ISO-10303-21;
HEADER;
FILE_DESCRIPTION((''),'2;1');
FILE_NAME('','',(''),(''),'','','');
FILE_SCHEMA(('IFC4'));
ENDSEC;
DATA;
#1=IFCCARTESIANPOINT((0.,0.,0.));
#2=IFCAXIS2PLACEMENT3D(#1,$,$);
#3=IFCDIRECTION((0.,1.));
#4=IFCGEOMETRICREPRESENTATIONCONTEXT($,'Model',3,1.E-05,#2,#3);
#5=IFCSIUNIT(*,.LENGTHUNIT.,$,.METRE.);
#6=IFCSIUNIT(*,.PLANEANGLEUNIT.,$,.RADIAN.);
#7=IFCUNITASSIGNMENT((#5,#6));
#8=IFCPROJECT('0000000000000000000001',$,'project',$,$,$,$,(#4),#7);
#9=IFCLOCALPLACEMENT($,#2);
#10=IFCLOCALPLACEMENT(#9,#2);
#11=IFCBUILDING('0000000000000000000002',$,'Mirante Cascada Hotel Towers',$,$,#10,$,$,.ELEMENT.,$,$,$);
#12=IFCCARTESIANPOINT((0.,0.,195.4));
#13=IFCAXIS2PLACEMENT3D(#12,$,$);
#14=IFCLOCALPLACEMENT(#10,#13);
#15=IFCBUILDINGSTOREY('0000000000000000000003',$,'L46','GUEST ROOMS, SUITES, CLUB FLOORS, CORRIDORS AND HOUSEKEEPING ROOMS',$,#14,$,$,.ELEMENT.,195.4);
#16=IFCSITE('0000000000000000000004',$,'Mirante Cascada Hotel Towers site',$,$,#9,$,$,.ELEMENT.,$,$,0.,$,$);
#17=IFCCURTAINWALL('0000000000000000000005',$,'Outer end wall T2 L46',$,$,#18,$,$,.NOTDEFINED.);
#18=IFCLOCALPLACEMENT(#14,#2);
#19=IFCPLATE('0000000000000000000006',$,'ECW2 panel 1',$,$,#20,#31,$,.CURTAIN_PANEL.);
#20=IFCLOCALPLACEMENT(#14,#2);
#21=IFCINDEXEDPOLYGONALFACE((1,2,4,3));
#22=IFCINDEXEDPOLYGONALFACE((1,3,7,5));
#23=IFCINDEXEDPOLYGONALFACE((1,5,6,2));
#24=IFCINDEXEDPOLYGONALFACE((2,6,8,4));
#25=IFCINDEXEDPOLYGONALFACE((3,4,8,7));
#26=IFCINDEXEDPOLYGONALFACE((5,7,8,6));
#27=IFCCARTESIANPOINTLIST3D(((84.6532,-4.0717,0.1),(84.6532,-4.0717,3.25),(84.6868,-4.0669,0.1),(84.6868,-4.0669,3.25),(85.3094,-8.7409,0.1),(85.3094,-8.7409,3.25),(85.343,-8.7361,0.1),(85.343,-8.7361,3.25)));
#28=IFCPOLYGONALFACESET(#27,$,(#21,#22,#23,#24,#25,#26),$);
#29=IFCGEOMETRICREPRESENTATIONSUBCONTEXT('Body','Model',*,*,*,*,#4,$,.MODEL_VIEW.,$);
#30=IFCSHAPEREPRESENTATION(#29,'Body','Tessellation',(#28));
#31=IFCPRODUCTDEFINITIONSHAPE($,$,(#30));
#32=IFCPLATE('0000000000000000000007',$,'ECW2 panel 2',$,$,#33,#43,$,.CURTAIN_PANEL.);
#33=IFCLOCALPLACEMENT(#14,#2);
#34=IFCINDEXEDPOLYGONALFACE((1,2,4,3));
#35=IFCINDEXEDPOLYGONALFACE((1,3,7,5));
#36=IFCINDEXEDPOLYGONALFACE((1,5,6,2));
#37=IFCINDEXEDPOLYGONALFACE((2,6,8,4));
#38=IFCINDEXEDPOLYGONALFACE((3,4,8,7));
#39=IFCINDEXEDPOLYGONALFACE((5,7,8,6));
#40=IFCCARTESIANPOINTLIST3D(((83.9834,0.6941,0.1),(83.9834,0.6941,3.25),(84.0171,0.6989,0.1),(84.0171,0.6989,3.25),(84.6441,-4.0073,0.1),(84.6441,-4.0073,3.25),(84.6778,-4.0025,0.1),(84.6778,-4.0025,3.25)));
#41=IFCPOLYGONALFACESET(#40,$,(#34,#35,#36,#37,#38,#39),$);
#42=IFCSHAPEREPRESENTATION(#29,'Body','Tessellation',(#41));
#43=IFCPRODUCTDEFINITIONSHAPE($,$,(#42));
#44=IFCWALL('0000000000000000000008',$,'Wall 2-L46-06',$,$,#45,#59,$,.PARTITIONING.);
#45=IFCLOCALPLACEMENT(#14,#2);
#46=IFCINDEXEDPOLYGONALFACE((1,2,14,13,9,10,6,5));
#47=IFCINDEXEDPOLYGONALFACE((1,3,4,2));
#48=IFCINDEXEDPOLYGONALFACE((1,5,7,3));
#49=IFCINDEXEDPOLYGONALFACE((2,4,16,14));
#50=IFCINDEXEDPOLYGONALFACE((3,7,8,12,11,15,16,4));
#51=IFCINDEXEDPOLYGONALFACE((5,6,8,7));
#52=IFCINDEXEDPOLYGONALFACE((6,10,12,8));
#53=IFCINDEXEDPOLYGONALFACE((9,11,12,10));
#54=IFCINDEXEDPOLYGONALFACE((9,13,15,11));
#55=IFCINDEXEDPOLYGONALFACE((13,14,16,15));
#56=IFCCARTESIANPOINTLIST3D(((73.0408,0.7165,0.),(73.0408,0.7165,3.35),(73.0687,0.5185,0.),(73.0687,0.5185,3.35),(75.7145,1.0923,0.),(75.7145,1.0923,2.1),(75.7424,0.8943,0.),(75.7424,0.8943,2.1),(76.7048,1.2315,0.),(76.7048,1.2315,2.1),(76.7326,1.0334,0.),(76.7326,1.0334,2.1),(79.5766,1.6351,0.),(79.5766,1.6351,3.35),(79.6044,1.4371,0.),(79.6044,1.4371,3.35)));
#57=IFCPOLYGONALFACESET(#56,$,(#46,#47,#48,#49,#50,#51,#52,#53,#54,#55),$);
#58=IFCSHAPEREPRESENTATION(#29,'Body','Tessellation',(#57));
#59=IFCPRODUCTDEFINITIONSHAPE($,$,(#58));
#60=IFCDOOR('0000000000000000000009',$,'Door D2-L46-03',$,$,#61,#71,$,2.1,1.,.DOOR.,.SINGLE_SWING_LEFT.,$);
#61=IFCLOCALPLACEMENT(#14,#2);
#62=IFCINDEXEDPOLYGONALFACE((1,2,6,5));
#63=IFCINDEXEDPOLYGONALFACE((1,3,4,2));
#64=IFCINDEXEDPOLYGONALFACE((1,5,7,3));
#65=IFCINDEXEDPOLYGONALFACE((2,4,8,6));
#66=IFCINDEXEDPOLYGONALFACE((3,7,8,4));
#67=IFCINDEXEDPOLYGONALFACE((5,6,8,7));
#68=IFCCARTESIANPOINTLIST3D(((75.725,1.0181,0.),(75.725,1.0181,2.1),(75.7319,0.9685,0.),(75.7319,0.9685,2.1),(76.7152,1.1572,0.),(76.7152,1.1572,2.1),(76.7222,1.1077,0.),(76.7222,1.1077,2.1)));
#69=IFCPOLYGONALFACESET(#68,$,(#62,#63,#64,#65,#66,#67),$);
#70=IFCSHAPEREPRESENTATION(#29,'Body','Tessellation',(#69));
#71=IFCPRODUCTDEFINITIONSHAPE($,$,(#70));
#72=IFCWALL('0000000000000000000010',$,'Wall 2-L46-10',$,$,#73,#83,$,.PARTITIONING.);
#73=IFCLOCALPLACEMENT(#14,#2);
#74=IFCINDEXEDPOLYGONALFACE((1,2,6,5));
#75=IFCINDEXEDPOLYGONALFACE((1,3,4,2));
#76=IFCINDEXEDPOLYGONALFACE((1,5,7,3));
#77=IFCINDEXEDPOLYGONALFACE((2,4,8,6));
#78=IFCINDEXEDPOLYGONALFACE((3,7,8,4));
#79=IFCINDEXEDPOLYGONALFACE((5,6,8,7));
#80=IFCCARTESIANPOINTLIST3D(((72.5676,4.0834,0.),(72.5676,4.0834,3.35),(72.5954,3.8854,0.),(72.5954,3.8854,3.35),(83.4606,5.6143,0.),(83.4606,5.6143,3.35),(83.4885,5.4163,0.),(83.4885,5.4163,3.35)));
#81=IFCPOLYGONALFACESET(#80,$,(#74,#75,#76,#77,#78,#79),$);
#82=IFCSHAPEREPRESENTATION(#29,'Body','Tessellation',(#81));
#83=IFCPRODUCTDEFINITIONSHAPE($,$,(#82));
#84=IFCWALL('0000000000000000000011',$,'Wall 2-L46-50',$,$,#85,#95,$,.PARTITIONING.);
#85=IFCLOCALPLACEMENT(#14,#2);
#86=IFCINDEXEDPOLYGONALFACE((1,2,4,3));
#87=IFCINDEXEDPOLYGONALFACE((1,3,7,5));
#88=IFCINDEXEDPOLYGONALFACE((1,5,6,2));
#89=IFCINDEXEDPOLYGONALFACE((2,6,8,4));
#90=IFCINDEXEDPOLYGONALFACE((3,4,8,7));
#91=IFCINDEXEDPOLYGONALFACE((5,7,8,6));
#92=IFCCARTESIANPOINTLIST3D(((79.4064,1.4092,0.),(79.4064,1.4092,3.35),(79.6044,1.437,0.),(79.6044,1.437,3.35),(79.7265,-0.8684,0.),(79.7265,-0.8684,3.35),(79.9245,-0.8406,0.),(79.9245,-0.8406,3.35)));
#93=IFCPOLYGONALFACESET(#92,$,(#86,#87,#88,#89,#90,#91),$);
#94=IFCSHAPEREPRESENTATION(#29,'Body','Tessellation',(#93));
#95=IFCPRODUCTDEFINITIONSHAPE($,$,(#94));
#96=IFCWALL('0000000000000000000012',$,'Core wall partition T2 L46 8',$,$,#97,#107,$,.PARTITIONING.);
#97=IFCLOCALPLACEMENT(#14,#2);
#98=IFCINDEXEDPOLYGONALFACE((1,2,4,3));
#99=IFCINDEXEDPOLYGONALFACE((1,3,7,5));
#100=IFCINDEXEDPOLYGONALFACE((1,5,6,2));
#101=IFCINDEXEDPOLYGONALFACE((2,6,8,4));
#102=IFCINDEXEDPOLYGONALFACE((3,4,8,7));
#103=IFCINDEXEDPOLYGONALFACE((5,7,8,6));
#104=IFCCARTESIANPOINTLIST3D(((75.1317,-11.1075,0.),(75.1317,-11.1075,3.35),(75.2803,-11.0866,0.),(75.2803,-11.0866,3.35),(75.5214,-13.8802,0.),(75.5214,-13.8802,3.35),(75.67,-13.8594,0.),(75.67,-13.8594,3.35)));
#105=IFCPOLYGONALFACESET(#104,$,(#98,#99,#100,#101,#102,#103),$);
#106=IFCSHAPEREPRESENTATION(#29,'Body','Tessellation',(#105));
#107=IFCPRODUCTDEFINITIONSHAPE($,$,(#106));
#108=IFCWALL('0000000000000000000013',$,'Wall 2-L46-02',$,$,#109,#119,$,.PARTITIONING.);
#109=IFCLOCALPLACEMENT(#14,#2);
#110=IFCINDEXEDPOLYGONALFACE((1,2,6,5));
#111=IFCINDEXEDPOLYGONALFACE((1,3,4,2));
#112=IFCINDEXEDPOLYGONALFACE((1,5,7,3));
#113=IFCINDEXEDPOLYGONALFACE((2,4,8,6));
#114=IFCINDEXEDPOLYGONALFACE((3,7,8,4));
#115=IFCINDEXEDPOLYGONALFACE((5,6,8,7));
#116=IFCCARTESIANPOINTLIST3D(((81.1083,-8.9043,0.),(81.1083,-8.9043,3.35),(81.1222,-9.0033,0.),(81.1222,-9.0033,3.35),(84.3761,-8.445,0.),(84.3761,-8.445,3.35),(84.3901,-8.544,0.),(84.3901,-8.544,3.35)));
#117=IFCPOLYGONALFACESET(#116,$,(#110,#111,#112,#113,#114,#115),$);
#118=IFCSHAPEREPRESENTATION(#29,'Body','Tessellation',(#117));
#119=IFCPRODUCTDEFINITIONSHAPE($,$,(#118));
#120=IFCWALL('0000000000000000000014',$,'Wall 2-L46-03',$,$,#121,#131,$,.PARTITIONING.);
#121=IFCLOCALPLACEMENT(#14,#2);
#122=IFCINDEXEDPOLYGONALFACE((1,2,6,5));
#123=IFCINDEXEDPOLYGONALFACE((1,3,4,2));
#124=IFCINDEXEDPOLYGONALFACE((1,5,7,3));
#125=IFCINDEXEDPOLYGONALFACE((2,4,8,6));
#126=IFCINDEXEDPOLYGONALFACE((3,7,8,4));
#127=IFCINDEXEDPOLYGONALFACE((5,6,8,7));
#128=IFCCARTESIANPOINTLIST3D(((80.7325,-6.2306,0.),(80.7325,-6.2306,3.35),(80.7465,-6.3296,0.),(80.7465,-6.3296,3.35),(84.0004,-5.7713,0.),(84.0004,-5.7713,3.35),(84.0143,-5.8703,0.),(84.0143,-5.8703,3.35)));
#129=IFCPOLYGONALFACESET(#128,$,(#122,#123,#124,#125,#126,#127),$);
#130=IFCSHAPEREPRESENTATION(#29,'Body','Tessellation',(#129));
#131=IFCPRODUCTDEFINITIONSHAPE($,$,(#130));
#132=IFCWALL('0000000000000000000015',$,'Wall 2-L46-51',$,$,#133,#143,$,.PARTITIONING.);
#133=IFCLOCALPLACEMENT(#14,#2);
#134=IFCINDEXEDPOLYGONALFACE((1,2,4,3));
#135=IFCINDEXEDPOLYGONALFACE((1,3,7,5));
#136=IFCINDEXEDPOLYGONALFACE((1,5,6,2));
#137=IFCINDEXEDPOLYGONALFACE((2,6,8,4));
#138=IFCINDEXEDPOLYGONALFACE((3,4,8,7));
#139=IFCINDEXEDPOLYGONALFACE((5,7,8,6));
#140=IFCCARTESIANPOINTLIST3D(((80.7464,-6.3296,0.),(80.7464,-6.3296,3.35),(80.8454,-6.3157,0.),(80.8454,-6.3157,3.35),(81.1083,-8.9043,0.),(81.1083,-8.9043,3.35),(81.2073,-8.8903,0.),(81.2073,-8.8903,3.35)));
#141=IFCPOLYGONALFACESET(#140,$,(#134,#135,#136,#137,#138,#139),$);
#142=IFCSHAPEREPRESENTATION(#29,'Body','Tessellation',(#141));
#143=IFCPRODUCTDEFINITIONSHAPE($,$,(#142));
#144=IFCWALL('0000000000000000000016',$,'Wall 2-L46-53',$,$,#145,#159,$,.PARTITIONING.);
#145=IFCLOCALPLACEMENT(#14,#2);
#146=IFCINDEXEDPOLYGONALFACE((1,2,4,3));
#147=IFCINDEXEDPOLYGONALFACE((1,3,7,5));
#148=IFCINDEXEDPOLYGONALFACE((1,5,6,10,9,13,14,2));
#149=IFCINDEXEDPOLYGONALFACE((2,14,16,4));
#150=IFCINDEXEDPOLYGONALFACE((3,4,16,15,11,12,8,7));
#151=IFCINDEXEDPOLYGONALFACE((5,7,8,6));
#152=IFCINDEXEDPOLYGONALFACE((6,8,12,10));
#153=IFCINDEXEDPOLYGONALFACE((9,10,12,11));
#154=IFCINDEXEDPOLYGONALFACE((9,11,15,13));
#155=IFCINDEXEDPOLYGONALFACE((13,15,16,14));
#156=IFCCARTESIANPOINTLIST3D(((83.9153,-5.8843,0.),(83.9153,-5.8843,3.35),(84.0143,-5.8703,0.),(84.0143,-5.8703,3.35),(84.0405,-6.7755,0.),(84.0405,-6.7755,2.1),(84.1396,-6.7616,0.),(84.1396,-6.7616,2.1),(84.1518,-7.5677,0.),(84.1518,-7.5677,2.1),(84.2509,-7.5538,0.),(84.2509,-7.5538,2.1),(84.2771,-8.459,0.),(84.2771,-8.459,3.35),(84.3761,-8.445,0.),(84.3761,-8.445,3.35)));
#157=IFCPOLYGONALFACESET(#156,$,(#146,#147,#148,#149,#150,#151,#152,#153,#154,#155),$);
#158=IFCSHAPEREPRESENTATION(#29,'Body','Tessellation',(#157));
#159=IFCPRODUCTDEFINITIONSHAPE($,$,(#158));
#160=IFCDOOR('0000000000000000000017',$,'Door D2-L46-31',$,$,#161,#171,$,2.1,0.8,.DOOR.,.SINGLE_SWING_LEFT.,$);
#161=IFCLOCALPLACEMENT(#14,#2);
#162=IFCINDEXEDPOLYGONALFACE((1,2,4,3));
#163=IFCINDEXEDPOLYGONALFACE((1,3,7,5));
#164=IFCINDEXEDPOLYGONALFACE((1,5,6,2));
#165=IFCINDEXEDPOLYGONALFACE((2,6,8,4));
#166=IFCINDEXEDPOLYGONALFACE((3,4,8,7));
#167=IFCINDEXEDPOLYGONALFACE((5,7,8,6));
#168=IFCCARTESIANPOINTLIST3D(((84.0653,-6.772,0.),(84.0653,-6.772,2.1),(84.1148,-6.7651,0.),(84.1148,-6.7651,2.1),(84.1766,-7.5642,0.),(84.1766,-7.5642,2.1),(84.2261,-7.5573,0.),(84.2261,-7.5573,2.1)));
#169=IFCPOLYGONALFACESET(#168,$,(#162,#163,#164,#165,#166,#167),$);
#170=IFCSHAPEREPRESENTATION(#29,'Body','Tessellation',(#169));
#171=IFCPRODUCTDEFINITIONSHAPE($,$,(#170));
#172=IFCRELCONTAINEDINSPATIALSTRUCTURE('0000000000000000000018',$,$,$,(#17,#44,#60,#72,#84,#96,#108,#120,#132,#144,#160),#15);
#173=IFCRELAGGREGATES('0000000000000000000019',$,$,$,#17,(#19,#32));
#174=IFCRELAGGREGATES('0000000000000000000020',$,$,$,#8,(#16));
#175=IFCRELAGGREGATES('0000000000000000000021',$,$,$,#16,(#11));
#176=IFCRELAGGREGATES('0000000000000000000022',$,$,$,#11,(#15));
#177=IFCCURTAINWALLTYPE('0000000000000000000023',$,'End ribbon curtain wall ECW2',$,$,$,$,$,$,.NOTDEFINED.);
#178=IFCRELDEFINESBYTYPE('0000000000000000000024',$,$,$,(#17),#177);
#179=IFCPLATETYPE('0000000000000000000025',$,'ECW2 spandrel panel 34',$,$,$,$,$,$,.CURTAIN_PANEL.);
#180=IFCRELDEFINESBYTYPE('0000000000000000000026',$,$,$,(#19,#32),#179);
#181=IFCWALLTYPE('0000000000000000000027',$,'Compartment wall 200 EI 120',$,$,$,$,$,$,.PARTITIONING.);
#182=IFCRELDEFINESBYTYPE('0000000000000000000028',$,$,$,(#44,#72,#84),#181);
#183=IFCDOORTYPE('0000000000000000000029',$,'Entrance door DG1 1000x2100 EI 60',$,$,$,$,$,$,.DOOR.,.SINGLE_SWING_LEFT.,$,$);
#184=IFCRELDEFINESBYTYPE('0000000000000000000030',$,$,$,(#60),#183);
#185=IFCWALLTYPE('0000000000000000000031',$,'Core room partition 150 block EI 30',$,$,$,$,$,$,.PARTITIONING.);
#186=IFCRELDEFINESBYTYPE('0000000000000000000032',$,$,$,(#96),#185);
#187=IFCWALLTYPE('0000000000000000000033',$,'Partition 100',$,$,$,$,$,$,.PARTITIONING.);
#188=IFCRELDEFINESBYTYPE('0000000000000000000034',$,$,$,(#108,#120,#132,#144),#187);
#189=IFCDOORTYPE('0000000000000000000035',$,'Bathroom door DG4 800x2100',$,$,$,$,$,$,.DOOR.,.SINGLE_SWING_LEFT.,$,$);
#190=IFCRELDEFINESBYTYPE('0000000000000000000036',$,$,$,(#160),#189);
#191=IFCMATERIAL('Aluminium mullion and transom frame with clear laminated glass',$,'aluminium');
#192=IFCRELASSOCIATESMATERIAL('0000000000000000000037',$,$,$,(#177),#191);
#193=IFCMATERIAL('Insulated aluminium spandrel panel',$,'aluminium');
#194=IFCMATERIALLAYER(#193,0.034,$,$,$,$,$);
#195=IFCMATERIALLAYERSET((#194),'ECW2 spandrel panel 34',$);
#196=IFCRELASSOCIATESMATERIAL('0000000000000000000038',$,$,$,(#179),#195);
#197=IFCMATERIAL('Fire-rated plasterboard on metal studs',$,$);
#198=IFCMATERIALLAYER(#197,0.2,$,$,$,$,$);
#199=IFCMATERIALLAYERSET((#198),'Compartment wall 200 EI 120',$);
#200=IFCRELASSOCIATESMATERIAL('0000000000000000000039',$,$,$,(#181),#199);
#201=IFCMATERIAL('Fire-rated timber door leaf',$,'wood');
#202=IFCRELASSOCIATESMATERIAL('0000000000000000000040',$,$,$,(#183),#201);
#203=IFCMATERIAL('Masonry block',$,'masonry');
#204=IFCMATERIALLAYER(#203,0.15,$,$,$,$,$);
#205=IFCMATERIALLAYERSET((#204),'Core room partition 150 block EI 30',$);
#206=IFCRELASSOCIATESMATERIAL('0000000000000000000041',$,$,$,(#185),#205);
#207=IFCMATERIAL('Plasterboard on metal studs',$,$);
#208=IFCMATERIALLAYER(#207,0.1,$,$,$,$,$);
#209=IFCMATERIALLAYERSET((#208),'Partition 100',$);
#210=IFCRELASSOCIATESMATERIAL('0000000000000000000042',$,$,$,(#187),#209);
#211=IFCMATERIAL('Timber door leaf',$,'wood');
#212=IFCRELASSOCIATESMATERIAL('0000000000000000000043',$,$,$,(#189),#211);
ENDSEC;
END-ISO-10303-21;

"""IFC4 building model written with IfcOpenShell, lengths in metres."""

from ifc_helpers import new_model, si_unit, direction, frame, frame_2d, origin, origin_2d, place, context, subcontext, project, spatial, rectangle, extrude, material, layer, layer_set, type_object, element, fill, aggregate, save


model = new_model("IFC4")

# Units and contexts
model_context = context("Model", 3, precision=1e-05, world=origin(), true_north=direction((0.0, 1.0)))
body_context = subcontext(model_context, "Body", "Model", "MODEL_VIEW")
ifc_project = project(units=[si_unit("LENGTHUNIT", "METRE"), si_unit("PLANEANGLEUNIT", "RADIAN")], contexts=[model_context])

# Site, building, storey
site_placement = place(None, origin())
site = spatial("IfcSite", under=ifc_project, at=site_placement, Name="Mirante Cascada Hotel Towers site", CompositionType="ELEMENT", RefElevation=0.0)
building_placement = place(site_placement, origin())
building = spatial("IfcBuilding", under=site, at=building_placement, Name="Mirante Cascada Hotel Towers", CompositionType="ELEMENT")
storey_placement = place(building_placement, frame((0.0, 0.0, 195.4)))
storey = spatial("IfcBuildingStorey", under=building, at=storey_placement, Name="L46", Description="GUEST ROOMS, SUITES, CLUB FLOORS, CORRIDORS AND HOUSEKEEPING ROOMS", CompositionType="ELEMENT", Elevation=195.4)

# Curtain wall, plates
ifc_material_1 = material(Name="Aluminium mullion and transom frame with clear laminated glass", Category="aluminium")
curtain_wall_type = type_object("IfcCurtainWallType", Name="End ribbon curtain wall ECW2", PredefinedType="NOTDEFINED", material=ifc_material_1)
curtain_wall_placement = place(storey_placement, origin())
curtain_wall = element("IfcCurtainWall", 1, at=curtain_wall_placement, inside=storey, type_object=curtain_wall_type, Name="Outer end wall T2 L46", PredefinedType="NOTDEFINED")
ifc_material_2 = material(Name="Insulated aluminium spandrel panel", Category="aluminium")
ifc_layer_1 = layer(ifc_material_2, 0.034)
ifc_layer_set_1 = layer_set([ifc_layer_1], Name="ECW2 spandrel panel 34")
plate_type_1 = type_object("IfcPlateType", Name="ECW2 spandrel panel 34", PredefinedType="CURTAIN_PANEL", material=ifc_layer_set_1)
plate_1_placement = place(storey_placement, frame((84.9981, -6.4039, 0.1), z_axis=(0.0, 0.0, 1.0), x_axis=(-0.139173, 0.990268, 0.0)))
plate_1 = element("IfcPlate", 2, at=plate_1_placement, type_object=plate_type_1, Name="ECW2 panel 1", PredefinedType="CURTAIN_PANEL", context=body_context, shape_type="SweptSolid", body=[
    extrude(rectangle(XDim=4.7151, YDim=0.034, at=origin_2d()), origin(), (0.0, 0.0, 1.0), 3.15),
])
plate_2_placement = place(storey_placement, frame((84.3306, -1.6542, 0.1), z_axis=(0.0, 0.0, 1.0), x_axis=(-0.139173, 0.990268, 0.0)))
plate_2 = element("IfcPlate", 3, at=plate_2_placement, type_object=plate_type_1, Name="ECW2 panel 2", PredefinedType="CURTAIN_PANEL", context=body_context, shape_type="SweptSolid", body=[
    extrude(rectangle(XDim=4.7476, YDim=0.034, at=origin_2d()), origin(), (0.0, 0.0, 1.0), 3.15),
])
aggregate(curtain_wall, [plate_1, plate_2])

# Wall, opening, door
ifc_material_3 = material(Name="Fire-rated plasterboard on metal studs")
ifc_layer_2 = layer(ifc_material_3, 0.2)
ifc_layer_set_2 = layer_set([ifc_layer_2], Name="Compartment wall 200 EI 120")
wall_type_1 = type_object("IfcWallType", Name="Compartment wall 200 EI 120", PredefinedType="PARTITIONING", material=ifc_layer_set_2)
wall_1_placement = place(storey_placement, frame((79.5905, 1.5361, 0.0), z_axis=(0.0, 0.0, 1.0), x_axis=(-0.990267, -0.139181, 0.0)))
wall_1 = element("IfcWall", 4, at=wall_1_placement, inside=storey, type_object=wall_type_1, Name="Wall 2-L46-06", PredefinedType="PARTITIONING", context=body_context, shape_type="SweptSolid", body=[
    extrude(rectangle(XDim=6.6, YDim=0.2, at=frame_2d((3.3, 0.0))), origin(), (0.0, 0.0, 1.0), 3.35),
])
opening_1_placement = place(wall_1_placement, frame((2.9, 0.0, 0.0)))
opening_1 = element("IfcOpeningElement", 5, at=opening_1_placement, cuts=wall_1, PredefinedType="OPENING", context=body_context, shape_type="SweptSolid", body=[
    extrude(rectangle(XDim=1.0, YDim=2.1, at=frame_2d((0.5, 1.05))), frame((0.0, 0.1, 0.0), z_axis=(0.0, -1.0, 0.0), x_axis=(1.0, 0.0, 0.0)), (0.0, 0.0, 1.0), 0.2),
])
ifc_material_4 = material(Name="Fire-rated timber door leaf", Category="wood")
door_type_1 = type_object("IfcDoorType", Name="Entrance door DG1 1000x2100 EI 60", OperationType="SINGLE_SWING_LEFT", PredefinedType="DOOR", material=ifc_material_4)
door_1_placement = place(opening_1_placement, origin())
door_1 = element("IfcDoor", 6, at=door_1_placement, inside=storey, type_object=door_type_1, Name="Door D2-L46-03", OperationType="SINGLE_SWING_LEFT", OverallHeight=2.1, OverallWidth=1.0, PredefinedType="DOOR", context=body_context, shape_type="SweptSolid", body=[
    extrude(rectangle(XDim=1.0, YDim=2.1, at=frame_2d((0.5, 1.05))), frame((0.0, 0.025, 0.0), z_axis=(0.0, -1.0, 0.0), x_axis=(1.0, 0.0, 0.0)), (0.0, 0.0, 1.0), 0.05),
])
fill(opening_1, door_1)

# Walls
wall_2_placement = place(storey_placement, frame((83.4745, 5.5153, 0.0), z_axis=(0.0, 0.0, 1.0), x_axis=(-0.990268, -0.139172, 0.0)))
element("IfcWall", 7, at=wall_2_placement, inside=storey, type_object=wall_type_1, Name="Wall 2-L46-10", PredefinedType="PARTITIONING", context=body_context, shape_type="SweptSolid", body=[
    extrude(rectangle(XDim=11.0001, YDim=0.2, at=frame_2d((5.5, 0.0))), origin(), (0.0, 0.0, 1.0), 3.35),
])
wall_3_placement = place(storey_placement, frame((79.5054, 1.4231, 0.0), z_axis=(0.0, 0.0, 1.0), x_axis=(0.139175, -0.990268, 0.0)))
element("IfcWall", 8, at=wall_3_placement, inside=storey, type_object=wall_type_1, Name="Wall 2-L46-50", PredefinedType="PARTITIONING", context=body_context, shape_type="SweptSolid", body=[
    extrude(rectangle(XDim=2.3, YDim=0.2, at=frame_2d((1.15, 0.0))), origin(), (0.0, 0.0, 1.0), 3.35),
])
ifc_material_5 = material(Name="Masonry block", Category="masonry")
ifc_layer_3 = layer(ifc_material_5, 0.15)
ifc_layer_set_3 = layer_set([ifc_layer_3], Name="Core room partition 150 block EI 30")
wall_type_2 = type_object("IfcWallType", Name="Core room partition 150 block EI 30", PredefinedType="PARTITIONING", material=ifc_layer_set_3)
wall_4_placement = place(storey_placement, frame((75.5957, -13.8698, 0.0), z_axis=(0.0, 0.0, 1.0), x_axis=(-0.139181, 0.990267, 0.0)))
element("IfcWall", 9, at=wall_4_placement, inside=storey, type_object=wall_type_2, Name="Core wall partition T2 L46 8", PredefinedType="PARTITIONING", context=body_context, shape_type="SweptSolid", body=[
    extrude(rectangle(XDim=2.8, YDim=0.15, at=frame_2d((1.4, 0.0))), origin(), (0.0, 0.0, 1.0), 3.35),
])
ifc_material_6 = material(Name="Plasterboard on metal studs")
ifc_layer_4 = layer(ifc_material_6, 0.1)
ifc_layer_set_4 = layer_set([ifc_layer_4], Name="Partition 100")
wall_type_3 = type_object("IfcWallType", Name="Partition 100", PredefinedType="PARTITIONING", material=ifc_layer_set_4)
for number, where, z_axis, x_axis, name in (
    (10, (84.3831, -8.4945, 0.0), (0.0, 0.0, 1.0), (-0.990267, -0.139181, 0.0), "Wall 2-L46-02"),
    (11, (80.7395, -6.2801, 0.0), (0.0, 0.0, 1.0), (0.990267, 0.139181, 0.0), "Wall 2-L46-03"),
):
    element("IfcWall", number, at=place(storey_placement, frame(where, z_axis=z_axis, x_axis=x_axis)), inside=storey, type_object=wall_type_3, Name=name, PredefinedType="PARTITIONING", context=body_context, shape_type="SweptSolid", body=[
        extrude(rectangle(XDim=3.3, YDim=0.1, at=frame_2d((1.65, 0.0))), origin(), (0.0, 0.0, 1.0), 3.35),
    ])
wall_5_placement = place(storey_placement, frame((81.1578, -8.8973, 0.0), z_axis=(0.0, 0.0, 1.0), x_axis=(-0.139192, 0.990265, 0.0)))
element("IfcWall", 12, at=wall_5_placement, inside=storey, type_object=wall_type_3, Name="Wall 2-L46-51", PredefinedType="PARTITIONING", context=body_context, shape_type="SweptSolid", body=[
    extrude(rectangle(XDim=2.6, YDim=0.1, at=frame_2d((1.3, 0.0))), origin(), (0.0, 0.0, 1.0), 3.35),
])

# Wall, opening, door
wall_6_placement = place(storey_placement, frame((84.3266, -8.452, 0.0), z_axis=(0.0, 0.0, 1.0), x_axis=(-0.139154, 0.990271, 0.0)))
wall_6 = element("IfcWall", 13, at=wall_6_placement, inside=storey, type_object=wall_type_3, Name="Wall 2-L46-53", PredefinedType="PARTITIONING", context=body_context, shape_type="SweptSolid", body=[
    extrude(rectangle(XDim=2.6, YDim=0.1, at=frame_2d((1.3, 0.0))), origin(), (0.0, 0.0, 1.0), 3.35),
])
opening_2_placement = place(wall_6_placement, frame((0.9, 0.0, 0.0)))
opening_2 = element("IfcOpeningElement", 14, at=opening_2_placement, cuts=wall_6, PredefinedType="OPENING", context=body_context, shape_type="SweptSolid", body=[
    extrude(rectangle(XDim=0.8, YDim=2.1, at=frame_2d((0.4, 1.05))), frame((0.0, 0.05, 0.0), z_axis=(0.0, -1.0, 0.0), x_axis=(1.0, 0.0, 0.0)), (0.0, 0.0, 1.0), 0.1),
])
ifc_material_7 = material(Name="Timber door leaf", Category="wood")
door_type_2 = type_object("IfcDoorType", Name="Bathroom door DG4 800x2100", OperationType="SINGLE_SWING_LEFT", PredefinedType="DOOR", material=ifc_material_7)
door_2_placement = place(opening_2_placement, origin())
door_2 = element("IfcDoor", 15, at=door_2_placement, inside=storey, type_object=door_type_2, Name="Door D2-L46-31", OperationType="SINGLE_SWING_LEFT", OverallHeight=2.1, OverallWidth=0.8, PredefinedType="DOOR", context=body_context, shape_type="SweptSolid", body=[
    extrude(rectangle(XDim=0.8, YDim=2.1, at=frame_2d((0.4, 1.05))), frame((0.0, 0.025, 0.0), z_axis=(0.0, -1.0, 0.0), x_axis=(1.0, 0.0, 0.0)), (0.0, 0.0, 1.0), 0.05),
])
fill(opening_2, door_2)

save(model, "model.ifc")
